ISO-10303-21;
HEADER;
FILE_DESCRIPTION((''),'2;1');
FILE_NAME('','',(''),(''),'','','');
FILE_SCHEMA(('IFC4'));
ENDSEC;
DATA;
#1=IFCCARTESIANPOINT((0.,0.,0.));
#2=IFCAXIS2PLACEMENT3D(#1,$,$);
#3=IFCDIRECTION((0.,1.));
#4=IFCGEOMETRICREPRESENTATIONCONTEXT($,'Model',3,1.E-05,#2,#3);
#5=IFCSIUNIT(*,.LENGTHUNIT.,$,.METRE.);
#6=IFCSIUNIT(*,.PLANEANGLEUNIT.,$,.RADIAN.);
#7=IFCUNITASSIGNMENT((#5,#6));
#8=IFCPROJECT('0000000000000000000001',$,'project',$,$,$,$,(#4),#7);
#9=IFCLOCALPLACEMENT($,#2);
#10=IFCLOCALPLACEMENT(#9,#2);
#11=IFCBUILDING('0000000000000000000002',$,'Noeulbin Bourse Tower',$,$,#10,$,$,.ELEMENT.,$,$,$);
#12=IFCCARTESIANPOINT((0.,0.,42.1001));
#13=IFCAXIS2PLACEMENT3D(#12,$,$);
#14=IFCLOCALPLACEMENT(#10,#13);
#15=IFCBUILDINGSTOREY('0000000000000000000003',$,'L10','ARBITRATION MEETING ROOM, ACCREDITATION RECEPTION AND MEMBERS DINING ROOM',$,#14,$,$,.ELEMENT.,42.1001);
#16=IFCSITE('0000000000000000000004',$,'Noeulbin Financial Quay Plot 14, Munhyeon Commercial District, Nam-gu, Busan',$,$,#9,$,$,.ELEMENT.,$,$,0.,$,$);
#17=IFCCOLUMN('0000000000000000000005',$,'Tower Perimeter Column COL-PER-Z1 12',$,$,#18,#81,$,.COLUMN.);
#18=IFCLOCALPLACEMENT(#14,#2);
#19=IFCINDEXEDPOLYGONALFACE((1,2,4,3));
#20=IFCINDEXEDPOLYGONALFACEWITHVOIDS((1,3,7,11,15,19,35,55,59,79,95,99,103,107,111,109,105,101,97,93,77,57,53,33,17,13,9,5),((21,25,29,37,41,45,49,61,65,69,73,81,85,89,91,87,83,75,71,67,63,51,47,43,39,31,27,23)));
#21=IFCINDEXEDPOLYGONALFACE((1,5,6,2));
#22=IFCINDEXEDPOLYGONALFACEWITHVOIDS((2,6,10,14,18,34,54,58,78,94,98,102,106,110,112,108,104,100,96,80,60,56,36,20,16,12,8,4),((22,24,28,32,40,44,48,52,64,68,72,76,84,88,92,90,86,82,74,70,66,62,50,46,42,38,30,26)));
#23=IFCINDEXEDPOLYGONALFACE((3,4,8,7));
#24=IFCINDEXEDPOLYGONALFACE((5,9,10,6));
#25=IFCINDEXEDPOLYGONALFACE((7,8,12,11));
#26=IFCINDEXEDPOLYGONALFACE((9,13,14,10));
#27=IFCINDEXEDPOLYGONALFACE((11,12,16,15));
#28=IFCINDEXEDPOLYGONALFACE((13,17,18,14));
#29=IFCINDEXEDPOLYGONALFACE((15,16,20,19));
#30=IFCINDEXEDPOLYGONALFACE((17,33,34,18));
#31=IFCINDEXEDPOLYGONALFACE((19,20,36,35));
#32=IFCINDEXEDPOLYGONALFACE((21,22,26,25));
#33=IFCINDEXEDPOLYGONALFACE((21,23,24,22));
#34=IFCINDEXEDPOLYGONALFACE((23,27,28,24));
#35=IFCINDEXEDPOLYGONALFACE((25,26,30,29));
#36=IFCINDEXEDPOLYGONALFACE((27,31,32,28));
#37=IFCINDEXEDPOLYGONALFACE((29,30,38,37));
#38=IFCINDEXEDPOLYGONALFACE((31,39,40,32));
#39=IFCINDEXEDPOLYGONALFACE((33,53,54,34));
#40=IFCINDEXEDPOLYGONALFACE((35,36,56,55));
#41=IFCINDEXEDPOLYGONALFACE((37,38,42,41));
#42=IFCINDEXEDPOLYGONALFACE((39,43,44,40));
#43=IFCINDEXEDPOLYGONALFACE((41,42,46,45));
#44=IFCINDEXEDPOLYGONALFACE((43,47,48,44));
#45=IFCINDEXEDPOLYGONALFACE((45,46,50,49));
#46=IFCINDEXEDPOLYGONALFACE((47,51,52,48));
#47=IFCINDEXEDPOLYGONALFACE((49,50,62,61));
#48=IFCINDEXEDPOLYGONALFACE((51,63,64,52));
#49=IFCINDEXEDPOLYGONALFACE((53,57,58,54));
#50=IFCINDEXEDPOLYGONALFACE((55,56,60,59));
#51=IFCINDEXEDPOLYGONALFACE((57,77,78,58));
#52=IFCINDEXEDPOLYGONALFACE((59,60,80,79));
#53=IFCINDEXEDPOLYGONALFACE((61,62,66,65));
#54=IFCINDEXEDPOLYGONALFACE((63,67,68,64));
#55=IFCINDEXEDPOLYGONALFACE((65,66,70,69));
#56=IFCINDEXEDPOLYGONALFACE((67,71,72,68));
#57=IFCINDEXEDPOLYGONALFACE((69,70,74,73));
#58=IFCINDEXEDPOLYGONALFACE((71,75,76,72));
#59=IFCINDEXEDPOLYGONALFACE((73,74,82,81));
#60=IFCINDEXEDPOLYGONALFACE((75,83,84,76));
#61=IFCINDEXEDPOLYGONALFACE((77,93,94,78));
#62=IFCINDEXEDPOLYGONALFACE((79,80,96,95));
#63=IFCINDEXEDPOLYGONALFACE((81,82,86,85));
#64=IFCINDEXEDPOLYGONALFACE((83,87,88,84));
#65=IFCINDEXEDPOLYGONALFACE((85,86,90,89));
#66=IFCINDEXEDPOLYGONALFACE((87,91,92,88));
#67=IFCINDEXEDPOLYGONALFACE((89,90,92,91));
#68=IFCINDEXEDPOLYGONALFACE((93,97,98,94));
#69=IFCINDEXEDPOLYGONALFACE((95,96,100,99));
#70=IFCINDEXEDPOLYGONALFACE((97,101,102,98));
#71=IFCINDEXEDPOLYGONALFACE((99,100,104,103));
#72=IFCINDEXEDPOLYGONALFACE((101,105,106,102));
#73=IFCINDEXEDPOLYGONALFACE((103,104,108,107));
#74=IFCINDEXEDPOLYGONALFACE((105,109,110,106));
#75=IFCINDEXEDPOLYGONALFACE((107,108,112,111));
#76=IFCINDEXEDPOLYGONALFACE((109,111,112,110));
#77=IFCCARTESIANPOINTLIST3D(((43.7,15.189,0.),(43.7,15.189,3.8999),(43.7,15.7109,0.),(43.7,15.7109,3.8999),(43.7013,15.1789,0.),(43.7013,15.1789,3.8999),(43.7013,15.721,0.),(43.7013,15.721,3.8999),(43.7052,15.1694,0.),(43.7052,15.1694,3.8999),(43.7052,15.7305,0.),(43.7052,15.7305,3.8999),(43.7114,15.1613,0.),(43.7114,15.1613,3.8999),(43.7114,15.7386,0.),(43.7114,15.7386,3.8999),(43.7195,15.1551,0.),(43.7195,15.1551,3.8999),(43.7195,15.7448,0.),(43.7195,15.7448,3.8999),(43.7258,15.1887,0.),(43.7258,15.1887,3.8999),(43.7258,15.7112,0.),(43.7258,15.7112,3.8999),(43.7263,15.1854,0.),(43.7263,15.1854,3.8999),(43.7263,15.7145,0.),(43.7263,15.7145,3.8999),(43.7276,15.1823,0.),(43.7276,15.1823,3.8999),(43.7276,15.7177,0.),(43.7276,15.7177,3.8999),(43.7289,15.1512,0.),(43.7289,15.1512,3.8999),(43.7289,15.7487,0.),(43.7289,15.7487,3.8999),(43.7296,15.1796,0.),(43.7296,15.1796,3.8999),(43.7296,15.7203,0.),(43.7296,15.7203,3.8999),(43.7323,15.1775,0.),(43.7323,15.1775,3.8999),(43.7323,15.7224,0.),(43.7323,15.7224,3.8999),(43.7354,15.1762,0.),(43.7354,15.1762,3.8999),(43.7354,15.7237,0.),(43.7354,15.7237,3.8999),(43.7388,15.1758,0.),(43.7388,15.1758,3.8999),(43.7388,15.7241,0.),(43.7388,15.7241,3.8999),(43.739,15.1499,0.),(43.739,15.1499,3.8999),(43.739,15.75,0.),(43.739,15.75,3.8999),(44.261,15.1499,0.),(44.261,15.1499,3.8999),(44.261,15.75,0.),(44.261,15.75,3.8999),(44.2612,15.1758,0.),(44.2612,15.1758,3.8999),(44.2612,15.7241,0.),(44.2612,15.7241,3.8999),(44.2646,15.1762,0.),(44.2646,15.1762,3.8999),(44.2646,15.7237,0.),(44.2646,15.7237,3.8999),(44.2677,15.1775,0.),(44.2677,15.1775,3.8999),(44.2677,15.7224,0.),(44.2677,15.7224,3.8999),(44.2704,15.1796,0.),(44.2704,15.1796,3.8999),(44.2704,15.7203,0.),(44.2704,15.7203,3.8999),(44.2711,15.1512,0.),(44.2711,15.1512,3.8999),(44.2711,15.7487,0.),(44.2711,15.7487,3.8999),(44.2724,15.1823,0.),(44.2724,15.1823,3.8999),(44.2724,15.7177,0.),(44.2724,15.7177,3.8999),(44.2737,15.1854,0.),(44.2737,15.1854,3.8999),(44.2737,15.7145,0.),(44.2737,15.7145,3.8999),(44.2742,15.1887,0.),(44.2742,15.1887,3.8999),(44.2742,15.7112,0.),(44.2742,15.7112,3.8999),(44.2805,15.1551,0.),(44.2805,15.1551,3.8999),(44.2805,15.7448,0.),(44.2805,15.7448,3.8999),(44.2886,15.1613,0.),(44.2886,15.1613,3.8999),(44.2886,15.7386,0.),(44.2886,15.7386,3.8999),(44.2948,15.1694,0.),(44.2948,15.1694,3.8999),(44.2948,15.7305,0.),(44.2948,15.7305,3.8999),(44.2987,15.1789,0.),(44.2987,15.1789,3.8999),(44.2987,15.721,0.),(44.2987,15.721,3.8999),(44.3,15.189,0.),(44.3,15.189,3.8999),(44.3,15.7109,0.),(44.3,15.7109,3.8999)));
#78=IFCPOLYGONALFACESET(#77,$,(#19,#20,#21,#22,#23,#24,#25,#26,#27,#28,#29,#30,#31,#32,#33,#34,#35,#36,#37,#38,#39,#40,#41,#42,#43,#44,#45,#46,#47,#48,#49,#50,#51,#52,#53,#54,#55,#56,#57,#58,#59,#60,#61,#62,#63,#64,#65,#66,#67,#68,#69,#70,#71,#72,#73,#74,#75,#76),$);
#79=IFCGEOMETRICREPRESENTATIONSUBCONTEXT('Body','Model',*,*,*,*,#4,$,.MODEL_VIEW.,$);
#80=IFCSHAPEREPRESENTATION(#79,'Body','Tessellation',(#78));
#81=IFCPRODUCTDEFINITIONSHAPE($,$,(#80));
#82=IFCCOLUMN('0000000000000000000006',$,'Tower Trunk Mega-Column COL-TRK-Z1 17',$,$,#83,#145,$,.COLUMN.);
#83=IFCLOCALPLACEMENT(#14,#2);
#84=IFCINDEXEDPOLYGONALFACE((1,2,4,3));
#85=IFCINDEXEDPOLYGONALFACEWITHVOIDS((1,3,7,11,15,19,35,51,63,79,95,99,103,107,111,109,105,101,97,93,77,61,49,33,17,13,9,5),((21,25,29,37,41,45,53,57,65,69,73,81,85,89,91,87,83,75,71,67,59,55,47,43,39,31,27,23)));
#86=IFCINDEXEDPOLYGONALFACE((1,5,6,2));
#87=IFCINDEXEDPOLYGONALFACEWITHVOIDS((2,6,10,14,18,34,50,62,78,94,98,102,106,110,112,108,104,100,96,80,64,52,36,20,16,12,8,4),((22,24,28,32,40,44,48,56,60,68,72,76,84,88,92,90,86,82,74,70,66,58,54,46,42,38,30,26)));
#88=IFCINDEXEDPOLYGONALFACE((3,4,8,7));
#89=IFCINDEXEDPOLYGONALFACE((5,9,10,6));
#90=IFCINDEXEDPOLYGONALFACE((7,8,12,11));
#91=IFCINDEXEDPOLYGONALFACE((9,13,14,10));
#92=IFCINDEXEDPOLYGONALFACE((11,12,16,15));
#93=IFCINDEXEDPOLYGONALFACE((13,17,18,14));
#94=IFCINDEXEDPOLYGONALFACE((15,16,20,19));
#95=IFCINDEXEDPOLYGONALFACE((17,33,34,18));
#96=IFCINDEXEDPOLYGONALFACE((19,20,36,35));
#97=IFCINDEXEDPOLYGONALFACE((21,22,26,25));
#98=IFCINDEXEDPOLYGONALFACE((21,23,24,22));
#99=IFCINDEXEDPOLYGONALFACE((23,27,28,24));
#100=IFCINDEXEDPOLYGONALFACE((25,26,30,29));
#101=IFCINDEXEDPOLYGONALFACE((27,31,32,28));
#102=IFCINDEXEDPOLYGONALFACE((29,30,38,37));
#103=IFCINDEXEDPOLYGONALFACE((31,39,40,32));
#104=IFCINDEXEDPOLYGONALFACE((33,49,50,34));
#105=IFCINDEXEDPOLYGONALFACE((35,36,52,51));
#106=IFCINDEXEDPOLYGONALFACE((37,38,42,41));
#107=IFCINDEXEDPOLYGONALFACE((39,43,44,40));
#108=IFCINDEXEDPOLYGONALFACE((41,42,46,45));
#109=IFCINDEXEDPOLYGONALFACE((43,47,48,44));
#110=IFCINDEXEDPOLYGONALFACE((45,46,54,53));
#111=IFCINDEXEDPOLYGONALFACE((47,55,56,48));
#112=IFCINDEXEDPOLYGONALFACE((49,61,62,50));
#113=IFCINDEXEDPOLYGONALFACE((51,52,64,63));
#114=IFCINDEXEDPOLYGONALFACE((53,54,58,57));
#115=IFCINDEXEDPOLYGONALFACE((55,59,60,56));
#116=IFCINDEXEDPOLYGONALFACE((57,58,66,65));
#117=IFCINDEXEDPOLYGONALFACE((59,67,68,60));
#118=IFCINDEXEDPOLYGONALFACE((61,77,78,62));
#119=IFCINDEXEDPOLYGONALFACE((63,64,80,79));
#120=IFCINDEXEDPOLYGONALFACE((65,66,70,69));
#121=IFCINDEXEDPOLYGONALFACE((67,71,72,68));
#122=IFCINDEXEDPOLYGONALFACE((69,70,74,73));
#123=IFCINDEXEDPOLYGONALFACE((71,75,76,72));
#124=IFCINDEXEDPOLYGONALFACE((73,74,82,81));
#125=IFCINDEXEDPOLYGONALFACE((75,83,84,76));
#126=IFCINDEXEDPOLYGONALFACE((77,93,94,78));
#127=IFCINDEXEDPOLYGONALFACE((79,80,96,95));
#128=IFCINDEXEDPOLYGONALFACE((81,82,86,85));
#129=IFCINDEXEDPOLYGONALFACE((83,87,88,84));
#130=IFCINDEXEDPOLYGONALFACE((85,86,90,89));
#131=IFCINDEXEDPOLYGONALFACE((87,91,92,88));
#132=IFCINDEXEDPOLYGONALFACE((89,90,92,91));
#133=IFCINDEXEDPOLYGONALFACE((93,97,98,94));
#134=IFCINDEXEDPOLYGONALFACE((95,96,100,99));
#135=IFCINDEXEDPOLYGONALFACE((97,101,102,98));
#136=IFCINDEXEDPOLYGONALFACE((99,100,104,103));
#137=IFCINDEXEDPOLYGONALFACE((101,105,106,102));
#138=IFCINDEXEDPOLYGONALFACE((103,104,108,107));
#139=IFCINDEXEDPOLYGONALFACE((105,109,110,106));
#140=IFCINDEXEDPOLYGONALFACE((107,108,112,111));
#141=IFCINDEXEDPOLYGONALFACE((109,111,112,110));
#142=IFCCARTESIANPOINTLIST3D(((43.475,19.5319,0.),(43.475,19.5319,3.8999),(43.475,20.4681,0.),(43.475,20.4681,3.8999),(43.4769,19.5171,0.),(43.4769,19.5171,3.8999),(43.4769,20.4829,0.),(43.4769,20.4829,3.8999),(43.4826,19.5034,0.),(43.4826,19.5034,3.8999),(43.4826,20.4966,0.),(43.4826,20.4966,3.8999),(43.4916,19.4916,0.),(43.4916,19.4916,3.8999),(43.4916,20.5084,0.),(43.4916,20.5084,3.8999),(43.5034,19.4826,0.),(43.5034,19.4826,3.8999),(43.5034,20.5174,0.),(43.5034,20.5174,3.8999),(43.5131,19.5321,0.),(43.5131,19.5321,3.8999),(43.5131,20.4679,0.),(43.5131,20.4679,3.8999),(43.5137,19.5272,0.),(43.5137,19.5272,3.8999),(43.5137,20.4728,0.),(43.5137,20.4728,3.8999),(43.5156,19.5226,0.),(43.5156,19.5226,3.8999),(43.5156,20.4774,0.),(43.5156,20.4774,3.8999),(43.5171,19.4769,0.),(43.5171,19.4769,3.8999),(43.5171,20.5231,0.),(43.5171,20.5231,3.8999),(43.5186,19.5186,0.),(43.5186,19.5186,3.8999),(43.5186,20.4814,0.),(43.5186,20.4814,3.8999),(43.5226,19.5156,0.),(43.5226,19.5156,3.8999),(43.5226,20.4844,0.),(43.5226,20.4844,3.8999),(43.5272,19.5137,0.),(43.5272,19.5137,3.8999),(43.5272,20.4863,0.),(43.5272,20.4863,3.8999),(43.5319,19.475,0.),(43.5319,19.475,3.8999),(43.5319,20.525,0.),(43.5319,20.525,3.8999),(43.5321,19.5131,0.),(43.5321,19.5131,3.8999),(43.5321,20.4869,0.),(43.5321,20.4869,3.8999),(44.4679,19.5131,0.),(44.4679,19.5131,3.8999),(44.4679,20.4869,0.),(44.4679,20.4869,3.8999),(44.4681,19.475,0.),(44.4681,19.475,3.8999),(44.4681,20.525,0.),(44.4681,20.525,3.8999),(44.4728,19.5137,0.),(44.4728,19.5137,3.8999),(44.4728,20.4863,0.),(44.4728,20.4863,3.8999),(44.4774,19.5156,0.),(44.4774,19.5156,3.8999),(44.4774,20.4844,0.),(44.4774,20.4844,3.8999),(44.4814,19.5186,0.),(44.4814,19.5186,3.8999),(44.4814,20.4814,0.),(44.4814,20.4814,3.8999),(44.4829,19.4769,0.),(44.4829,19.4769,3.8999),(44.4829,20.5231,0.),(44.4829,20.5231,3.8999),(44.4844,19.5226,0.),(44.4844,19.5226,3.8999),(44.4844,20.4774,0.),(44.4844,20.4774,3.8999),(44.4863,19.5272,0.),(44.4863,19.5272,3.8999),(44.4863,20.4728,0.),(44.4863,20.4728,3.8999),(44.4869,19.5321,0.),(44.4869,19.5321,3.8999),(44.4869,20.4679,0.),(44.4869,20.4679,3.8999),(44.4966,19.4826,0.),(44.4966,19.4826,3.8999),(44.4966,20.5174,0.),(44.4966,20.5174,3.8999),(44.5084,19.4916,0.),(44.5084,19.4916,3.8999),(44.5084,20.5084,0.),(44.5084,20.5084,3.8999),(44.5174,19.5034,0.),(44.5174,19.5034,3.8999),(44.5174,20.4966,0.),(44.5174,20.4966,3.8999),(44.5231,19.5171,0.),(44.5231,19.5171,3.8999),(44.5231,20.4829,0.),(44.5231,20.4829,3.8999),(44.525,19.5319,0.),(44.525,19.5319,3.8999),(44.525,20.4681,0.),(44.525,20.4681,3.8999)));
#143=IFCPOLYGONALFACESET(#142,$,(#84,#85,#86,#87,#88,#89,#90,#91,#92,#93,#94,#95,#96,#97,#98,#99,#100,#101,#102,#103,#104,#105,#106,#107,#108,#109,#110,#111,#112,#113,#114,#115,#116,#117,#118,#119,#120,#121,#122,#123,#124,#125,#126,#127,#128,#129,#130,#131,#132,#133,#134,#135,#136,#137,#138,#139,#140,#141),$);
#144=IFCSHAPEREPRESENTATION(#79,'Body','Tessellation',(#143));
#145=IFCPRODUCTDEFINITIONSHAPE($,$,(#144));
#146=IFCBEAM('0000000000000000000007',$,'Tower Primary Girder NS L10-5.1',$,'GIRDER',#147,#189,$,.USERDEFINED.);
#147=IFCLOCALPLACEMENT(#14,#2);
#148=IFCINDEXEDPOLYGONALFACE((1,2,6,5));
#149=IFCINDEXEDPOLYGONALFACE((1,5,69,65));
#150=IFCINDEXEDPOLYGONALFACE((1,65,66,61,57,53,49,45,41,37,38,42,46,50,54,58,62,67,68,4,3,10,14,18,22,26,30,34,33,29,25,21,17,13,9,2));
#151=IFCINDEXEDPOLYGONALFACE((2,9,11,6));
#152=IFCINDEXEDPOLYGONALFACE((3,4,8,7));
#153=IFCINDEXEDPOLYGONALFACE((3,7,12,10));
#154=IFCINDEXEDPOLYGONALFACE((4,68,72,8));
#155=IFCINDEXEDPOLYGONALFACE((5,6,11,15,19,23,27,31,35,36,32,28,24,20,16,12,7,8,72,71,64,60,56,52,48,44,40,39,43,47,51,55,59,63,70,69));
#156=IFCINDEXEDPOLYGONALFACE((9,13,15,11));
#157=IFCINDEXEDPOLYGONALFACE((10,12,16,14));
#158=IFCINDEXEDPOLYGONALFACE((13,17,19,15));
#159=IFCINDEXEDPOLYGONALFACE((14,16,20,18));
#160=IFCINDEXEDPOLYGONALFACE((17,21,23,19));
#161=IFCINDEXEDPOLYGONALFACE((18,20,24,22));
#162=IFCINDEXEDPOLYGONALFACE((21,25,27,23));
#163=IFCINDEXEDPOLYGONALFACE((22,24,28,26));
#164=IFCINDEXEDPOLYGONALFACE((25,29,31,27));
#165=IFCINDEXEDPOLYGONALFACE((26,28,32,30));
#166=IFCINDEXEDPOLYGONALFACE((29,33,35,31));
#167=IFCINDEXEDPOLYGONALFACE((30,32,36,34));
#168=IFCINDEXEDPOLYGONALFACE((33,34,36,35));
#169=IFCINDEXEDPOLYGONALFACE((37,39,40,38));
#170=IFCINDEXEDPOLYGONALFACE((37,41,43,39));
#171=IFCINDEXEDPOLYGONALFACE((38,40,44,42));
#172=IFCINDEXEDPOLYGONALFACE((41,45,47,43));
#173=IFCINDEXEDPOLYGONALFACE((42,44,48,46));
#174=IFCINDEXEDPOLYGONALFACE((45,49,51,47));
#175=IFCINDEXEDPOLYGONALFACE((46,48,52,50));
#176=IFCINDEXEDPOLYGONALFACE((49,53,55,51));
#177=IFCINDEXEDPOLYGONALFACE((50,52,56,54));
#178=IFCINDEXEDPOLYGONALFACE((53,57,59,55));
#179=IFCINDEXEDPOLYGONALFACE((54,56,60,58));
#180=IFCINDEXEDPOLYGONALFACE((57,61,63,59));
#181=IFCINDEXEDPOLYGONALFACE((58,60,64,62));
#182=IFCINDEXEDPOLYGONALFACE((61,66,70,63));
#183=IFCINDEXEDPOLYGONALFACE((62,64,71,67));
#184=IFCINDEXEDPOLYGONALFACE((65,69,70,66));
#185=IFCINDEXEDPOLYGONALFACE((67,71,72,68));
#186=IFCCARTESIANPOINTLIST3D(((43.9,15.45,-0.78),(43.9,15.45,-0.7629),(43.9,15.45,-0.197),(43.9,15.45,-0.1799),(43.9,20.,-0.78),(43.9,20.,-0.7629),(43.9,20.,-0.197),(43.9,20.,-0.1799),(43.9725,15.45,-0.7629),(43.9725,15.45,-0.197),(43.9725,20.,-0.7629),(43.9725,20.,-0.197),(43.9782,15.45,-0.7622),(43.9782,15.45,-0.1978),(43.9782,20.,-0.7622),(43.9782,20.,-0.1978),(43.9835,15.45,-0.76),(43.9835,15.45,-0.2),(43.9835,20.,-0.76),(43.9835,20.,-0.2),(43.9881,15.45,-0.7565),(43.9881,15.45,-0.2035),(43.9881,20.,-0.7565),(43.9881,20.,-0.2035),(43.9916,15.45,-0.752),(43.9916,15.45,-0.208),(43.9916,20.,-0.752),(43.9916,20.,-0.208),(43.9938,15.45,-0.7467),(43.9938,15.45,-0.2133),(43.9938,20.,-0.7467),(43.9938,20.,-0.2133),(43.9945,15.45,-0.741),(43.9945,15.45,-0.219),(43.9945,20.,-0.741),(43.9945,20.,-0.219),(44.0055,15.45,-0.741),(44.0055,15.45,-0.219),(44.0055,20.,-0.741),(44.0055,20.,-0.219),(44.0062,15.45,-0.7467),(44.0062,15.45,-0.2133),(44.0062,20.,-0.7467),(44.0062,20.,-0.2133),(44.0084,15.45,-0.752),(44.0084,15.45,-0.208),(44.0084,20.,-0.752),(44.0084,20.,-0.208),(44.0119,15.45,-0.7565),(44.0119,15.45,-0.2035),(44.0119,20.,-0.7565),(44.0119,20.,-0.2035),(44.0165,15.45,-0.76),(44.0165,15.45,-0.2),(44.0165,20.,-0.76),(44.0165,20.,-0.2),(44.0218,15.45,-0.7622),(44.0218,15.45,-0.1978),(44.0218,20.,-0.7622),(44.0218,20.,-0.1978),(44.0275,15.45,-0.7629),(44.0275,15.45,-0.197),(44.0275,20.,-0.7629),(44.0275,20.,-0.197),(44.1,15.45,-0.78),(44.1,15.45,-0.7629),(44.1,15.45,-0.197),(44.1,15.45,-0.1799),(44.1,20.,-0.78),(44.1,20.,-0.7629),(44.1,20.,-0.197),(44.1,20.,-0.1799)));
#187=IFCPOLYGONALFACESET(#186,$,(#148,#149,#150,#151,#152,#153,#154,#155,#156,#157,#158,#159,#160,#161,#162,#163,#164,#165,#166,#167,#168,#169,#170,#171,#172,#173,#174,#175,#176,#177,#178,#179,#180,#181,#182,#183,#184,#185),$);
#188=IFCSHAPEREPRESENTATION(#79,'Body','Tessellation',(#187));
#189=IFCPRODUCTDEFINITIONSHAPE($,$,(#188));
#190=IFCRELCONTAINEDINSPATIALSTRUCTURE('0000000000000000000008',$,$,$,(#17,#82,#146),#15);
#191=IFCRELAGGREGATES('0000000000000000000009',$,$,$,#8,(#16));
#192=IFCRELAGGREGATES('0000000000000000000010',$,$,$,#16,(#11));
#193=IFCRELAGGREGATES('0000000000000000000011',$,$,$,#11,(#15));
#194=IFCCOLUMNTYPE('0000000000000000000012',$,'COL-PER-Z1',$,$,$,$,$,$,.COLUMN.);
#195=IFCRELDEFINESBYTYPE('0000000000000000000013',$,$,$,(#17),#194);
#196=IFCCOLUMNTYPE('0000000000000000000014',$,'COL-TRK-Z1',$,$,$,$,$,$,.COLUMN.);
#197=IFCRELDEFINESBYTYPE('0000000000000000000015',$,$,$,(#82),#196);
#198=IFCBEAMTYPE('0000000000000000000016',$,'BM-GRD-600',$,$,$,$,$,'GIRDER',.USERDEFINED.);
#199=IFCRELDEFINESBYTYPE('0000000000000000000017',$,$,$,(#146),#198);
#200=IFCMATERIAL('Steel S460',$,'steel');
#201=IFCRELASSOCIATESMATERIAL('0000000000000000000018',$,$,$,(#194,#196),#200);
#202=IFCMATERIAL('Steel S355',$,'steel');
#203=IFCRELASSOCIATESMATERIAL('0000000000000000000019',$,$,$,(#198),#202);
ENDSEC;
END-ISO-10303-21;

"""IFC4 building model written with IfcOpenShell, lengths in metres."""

from ifc_helpers import new_model, si_unit, direction, frame, origin, origin_2d, place, context, subcontext, project, spatial, hollow_rectangle, i_section, extrude, material, material_profile, profile_set, type_object, element, save


model = new_model("IFC4")

# Units and contexts
model_context = context("Model", 3, precision=1e-05, world=origin(), true_north=direction((0.0, 1.0)))
body_context = subcontext(model_context, "Body", "Model", "MODEL_VIEW")
ifc_project = project(units=[si_unit("LENGTHUNIT", "METRE"), si_unit("PLANEANGLEUNIT", "RADIAN")], contexts=[model_context])

# Site, building, storey
site_placement = place(None, origin())
site = spatial("IfcSite", under=ifc_project, at=site_placement, Name="Noeulbin Financial Quay Plot 14, Munhyeon Commercial District, Nam-gu, Busan", CompositionType="ELEMENT", RefElevation=0.0)
building_placement = place(site_placement, origin())
building = spatial("IfcBuilding", under=site, at=building_placement, Name="Noeulbin Bourse Tower", CompositionType="ELEMENT")
storey_placement = place(building_placement, frame((0.0, 0.0, 42.1001)))
storey = spatial("IfcBuildingStorey", under=building, at=storey_placement, Name="L10", Description="ARBITRATION MEETING ROOM, ACCREDITATION RECEPTION AND MEMBERS DINING ROOM", CompositionType="ELEMENT", Elevation=42.1001)

# Columns
ifc_material_1 = material(Name="Steel S460", Category="steel")
ifc_material_profile_1 = material_profile(ifc_material_1, hollow_rectangle(XDim=0.6001, YDim=0.6001, WallThickness=0.0259, InnerFilletRadius=0.0129, OuterFilletRadius=0.0391, at=origin_2d()), Name="BOX-600x600x26", Category="LoadBearing")
ifc_profile_set_1 = profile_set([ifc_material_profile_1], Name="Steel S460")
column_type_1 = type_object("IfcColumnType", Name="COL-PER-Z1", PredefinedType="COLUMN", material=ifc_profile_set_1)
column_1_placement = place(storey_placement, frame((44.0, 15.45, 0.0), z_axis=(0.0, 0.0, 1.0), x_axis=(1.0, 0.0, 0.0)))
element("IfcColumn", 1, at=column_1_placement, inside=storey, type_object=column_type_1, Name="Tower Perimeter Column COL-PER-Z1 12", PredefinedType="COLUMN", context=body_context, shape_type="SweptSolid", body=[
    extrude(hollow_rectangle(XDim=0.6001, YDim=0.6001, WallThickness=0.0259, InnerFilletRadius=0.0129, OuterFilletRadius=0.0391, at=origin_2d()), origin(), (0.0, 0.0, 1.0), 3.8999),
])
ifc_material_profile_2 = material_profile(ifc_material_1, hollow_rectangle(XDim=1.05, YDim=1.05, WallThickness=0.0381, InnerFilletRadius=0.019, OuterFilletRadius=0.0569, at=origin_2d()), Name="BOX-1050x1050x38", Category="LoadBearing")
ifc_profile_set_2 = profile_set([ifc_material_profile_2], Name="Steel S460")
column_type_2 = type_object("IfcColumnType", Name="COL-TRK-Z1", PredefinedType="COLUMN", material=ifc_profile_set_2)
column_2_placement = place(storey_placement, frame((44.0, 20.0, 0.0), z_axis=(0.0, 0.0, 1.0), x_axis=(1.0, 0.0, 0.0)))
element("IfcColumn", 2, at=column_2_placement, inside=storey, type_object=column_type_2, Name="Tower Trunk Mega-Column COL-TRK-Z1 17", PredefinedType="COLUMN", context=body_context, shape_type="SweptSolid", body=[
    extrude(hollow_rectangle(XDim=1.05, YDim=1.05, WallThickness=0.0381, InnerFilletRadius=0.019, OuterFilletRadius=0.0569, at=origin_2d()), origin(), (0.0, 0.0, 1.0), 3.8999),
])

# Beam
ifc_material_2 = material(Name="Steel S355", Category="steel")
ifc_material_profile_3 = material_profile(ifc_material_2, i_section(OverallWidth=0.2, OverallDepth=0.6001, WebThickness=0.011, FlangeThickness=0.0171, FilletRadius=0.022, at=origin_2d()), Name="H-600x200x11x17", Category="LoadBearing")
ifc_profile_set_3 = profile_set([ifc_material_profile_3], Name="Steel S355")
beam_type_1 = type_object("IfcBeamType", Name="BM-GRD-600", ElementType="GIRDER", PredefinedType="USERDEFINED", material=ifc_profile_set_3)
beam_1_placement = place(storey_placement, frame((44.0, 15.45, -0.48), z_axis=(0.0, 1.0, 0.0), x_axis=(-1.0, 0.0, 0.0)))
element("IfcBeam", 3, at=beam_1_placement, inside=storey, type_object=beam_type_1, Name="Tower Primary Girder NS L10-5.1", ObjectType="GIRDER", PredefinedType="USERDEFINED", context=body_context, shape_type="SweptSolid", body=[
    extrude(i_section(OverallWidth=0.2, OverallDepth=0.6001, WebThickness=0.011, FlangeThickness=0.0171, FilletRadius=0.022, at=origin_2d()), origin(), (0.0, 0.0, 1.0), 4.55),
])

save(model, "model.ifc")
